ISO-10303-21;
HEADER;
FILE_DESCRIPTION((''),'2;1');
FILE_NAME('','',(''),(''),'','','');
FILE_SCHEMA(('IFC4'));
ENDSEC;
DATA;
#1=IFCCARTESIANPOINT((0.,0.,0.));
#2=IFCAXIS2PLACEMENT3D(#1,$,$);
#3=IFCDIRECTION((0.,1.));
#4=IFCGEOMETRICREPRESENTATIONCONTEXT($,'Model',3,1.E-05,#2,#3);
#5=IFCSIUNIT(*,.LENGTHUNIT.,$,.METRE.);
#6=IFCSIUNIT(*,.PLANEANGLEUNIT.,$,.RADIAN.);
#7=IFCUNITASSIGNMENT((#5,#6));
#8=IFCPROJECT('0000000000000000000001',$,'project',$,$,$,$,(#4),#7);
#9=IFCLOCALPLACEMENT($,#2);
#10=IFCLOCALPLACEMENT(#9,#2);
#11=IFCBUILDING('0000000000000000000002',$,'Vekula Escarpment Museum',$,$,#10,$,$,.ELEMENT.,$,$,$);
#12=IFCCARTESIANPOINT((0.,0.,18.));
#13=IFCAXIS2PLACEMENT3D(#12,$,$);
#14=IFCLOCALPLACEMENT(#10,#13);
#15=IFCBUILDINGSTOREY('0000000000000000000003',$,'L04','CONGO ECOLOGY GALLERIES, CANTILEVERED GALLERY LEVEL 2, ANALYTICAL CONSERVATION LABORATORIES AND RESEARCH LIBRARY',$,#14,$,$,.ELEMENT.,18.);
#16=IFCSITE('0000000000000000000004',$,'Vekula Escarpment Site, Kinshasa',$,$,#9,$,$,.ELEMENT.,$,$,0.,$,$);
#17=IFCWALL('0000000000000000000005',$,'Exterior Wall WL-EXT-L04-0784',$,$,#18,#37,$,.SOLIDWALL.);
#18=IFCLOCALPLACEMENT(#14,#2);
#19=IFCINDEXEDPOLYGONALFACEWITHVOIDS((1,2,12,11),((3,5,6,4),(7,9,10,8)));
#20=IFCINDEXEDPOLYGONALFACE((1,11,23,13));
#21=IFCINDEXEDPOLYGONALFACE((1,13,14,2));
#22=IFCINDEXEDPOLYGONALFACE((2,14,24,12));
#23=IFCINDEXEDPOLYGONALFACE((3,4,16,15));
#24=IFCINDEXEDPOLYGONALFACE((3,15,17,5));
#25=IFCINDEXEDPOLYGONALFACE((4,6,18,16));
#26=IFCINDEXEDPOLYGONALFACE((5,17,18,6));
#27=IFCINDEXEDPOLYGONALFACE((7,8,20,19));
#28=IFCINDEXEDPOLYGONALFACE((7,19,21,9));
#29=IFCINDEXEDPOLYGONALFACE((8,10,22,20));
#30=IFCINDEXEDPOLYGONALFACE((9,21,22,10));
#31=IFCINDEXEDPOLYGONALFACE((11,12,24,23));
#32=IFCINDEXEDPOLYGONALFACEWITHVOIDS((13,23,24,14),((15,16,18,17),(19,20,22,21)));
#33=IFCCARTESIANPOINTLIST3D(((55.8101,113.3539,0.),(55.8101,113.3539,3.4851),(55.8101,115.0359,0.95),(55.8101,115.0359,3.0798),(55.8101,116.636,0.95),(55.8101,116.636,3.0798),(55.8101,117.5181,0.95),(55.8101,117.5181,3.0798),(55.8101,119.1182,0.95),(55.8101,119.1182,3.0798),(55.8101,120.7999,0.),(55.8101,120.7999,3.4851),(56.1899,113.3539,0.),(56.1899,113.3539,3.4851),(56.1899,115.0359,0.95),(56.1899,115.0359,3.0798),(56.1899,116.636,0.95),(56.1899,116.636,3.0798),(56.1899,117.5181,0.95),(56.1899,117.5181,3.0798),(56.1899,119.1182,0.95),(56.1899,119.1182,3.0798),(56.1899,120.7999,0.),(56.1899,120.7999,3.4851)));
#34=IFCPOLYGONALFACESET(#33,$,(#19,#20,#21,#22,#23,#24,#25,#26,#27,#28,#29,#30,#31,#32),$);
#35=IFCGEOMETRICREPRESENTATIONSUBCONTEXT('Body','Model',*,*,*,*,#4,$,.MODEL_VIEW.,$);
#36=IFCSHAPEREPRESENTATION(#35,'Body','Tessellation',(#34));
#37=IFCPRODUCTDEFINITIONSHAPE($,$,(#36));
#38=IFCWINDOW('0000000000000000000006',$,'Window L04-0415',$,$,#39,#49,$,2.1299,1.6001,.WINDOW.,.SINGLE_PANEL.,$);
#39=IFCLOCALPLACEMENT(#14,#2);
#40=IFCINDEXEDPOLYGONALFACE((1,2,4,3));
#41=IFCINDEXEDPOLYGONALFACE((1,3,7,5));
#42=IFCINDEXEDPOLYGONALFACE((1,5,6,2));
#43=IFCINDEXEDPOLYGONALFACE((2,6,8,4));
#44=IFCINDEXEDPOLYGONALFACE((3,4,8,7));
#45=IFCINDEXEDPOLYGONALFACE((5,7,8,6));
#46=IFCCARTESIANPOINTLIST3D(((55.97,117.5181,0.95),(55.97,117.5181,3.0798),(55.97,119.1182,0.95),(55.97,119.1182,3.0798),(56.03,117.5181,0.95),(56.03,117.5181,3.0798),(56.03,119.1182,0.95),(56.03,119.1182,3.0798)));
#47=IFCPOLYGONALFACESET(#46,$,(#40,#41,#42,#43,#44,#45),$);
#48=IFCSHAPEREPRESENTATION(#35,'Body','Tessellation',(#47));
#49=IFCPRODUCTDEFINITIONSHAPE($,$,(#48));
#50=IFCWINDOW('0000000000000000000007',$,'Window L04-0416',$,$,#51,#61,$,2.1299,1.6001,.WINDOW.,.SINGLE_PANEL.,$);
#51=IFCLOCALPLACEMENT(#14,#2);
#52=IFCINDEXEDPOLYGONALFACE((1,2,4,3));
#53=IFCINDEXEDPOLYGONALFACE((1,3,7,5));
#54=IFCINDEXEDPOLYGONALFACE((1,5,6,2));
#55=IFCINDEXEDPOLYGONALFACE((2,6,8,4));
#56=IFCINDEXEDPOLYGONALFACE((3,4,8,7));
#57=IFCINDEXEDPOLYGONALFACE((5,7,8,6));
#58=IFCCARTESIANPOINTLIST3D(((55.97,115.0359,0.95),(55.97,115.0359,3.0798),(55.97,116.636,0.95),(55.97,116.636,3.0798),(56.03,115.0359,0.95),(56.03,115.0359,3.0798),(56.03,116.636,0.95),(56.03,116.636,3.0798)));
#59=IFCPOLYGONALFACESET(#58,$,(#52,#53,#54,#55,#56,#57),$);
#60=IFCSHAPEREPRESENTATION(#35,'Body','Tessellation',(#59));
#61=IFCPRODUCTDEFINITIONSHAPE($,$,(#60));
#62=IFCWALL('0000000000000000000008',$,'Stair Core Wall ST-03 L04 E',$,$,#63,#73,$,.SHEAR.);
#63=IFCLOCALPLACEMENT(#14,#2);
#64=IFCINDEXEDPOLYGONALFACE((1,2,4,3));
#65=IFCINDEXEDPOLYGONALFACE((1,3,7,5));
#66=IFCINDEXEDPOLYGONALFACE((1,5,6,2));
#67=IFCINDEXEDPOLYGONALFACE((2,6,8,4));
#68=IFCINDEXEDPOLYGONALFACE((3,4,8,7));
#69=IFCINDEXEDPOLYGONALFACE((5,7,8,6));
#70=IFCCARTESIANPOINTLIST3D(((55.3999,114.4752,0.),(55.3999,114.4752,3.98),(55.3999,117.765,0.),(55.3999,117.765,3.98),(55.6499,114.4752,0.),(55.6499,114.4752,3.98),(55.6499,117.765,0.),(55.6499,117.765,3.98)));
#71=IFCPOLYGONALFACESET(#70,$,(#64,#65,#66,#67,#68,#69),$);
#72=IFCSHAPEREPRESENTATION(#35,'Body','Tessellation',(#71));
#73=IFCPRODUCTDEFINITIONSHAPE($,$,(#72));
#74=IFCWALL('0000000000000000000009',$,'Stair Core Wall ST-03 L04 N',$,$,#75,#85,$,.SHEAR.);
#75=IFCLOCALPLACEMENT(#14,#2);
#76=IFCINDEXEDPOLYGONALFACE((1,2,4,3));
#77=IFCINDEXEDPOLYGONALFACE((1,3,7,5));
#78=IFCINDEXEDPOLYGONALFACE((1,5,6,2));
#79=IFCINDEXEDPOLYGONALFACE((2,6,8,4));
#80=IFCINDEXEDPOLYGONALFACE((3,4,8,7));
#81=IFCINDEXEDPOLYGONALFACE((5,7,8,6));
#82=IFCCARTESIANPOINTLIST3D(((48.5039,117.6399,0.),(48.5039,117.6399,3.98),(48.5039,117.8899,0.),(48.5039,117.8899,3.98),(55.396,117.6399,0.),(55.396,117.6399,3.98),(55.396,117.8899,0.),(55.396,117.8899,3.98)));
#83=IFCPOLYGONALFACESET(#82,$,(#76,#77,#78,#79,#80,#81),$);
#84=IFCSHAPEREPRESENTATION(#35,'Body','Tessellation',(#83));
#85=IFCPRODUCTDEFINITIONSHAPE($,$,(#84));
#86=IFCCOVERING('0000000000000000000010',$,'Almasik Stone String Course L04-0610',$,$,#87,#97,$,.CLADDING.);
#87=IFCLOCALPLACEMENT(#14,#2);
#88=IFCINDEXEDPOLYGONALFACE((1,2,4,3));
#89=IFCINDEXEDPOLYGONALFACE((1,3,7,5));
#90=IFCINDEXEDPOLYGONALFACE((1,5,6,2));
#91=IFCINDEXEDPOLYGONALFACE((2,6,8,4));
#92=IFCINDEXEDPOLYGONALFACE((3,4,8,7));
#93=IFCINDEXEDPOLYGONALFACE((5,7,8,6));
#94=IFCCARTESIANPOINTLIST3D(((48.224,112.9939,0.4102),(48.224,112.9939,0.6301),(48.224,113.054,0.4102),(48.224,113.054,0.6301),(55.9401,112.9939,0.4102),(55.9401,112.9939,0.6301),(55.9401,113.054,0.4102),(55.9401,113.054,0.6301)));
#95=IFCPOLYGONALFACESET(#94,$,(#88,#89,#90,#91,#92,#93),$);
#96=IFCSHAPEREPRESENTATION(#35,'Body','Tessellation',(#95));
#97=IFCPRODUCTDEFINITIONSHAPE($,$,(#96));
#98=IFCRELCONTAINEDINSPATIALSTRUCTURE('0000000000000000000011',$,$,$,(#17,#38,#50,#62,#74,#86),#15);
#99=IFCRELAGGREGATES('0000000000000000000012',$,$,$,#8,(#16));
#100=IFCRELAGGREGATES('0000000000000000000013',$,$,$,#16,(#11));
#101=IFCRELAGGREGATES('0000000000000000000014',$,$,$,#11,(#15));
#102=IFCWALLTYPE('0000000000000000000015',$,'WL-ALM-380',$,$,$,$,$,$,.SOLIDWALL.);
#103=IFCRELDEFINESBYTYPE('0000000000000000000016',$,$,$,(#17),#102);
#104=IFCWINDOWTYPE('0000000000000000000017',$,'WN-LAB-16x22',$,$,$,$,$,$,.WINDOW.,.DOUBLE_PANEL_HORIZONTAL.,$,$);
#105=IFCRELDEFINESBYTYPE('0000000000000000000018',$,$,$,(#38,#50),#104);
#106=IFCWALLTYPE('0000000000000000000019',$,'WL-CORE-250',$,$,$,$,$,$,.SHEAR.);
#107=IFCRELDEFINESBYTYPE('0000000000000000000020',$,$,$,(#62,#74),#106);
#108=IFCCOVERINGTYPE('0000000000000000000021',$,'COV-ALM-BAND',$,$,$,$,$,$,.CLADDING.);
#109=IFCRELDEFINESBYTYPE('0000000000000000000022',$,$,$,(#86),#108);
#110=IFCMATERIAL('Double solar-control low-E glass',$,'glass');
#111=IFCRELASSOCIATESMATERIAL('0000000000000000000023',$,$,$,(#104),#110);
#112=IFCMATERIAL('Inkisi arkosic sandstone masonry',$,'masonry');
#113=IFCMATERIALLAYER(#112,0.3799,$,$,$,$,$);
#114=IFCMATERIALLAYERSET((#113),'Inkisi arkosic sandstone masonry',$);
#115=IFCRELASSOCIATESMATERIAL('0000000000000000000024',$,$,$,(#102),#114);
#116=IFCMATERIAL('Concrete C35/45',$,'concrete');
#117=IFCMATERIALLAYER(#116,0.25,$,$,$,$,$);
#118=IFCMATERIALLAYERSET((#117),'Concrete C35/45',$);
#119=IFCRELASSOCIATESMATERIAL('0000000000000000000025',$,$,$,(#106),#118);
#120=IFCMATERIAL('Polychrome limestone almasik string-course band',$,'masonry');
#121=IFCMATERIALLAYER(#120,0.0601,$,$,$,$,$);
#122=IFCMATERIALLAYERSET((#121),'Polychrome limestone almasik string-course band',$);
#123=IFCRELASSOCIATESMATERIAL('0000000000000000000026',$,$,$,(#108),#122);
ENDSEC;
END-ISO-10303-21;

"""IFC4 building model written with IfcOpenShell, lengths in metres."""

from ifc_helpers import new_model, si_unit, direction, frame, frame_2d, origin, origin_2d, place, context, subcontext, project, spatial, rectangle, extrude, material, layer, layer_set, type_object, element, fill, save


model = new_model("IFC4")

# Units and contexts
model_context = context("Model", 3, precision=1e-05, world=origin(), true_north=direction((0.0, 1.0)))
body_context = subcontext(model_context, "Body", "Model", "MODEL_VIEW")
ifc_project = project(units=[si_unit("LENGTHUNIT", "METRE"), si_unit("PLANEANGLEUNIT", "RADIAN")], contexts=[model_context])

# Site, building, storey
site_placement = place(None, origin())
site = spatial("IfcSite", under=ifc_project, at=site_placement, Name="Vekula Escarpment Site, Kinshasa", CompositionType="ELEMENT", RefElevation=0.0)
building_placement = place(site_placement, origin())
building = spatial("IfcBuilding", under=site, at=building_placement, Name="Vekula Escarpment Museum", CompositionType="ELEMENT")
storey_placement = place(building_placement, frame((0.0, 0.0, 18.0)))
storey = spatial("IfcBuildingStorey", under=building, at=storey_placement, Name="L04", Description="CONGO ECOLOGY GALLERIES, CANTILEVERED GALLERY LEVEL 2, ANALYTICAL CONSERVATION LABORATORIES AND RESEARCH LIBRARY", CompositionType="ELEMENT", Elevation=18.0)

# Wall, openings, windows
ifc_material_1 = material(Name="Double solar-control low-E glass", Category="glass")
window_type = type_object("IfcWindowType", Name="WN-LAB-16x22", PartitioningType="DOUBLE_PANEL_HORIZONTAL", PredefinedType="WINDOW", material=ifc_material_1)
ifc_material_2 = material(Name="Inkisi arkosic sandstone masonry", Category="masonry")
ifc_layer_1 = layer(ifc_material_2, 0.3799)
ifc_layer_set_1 = layer_set([ifc_layer_1], Name="Inkisi arkosic sandstone masonry")
wall_type_1 = type_object("IfcWallType", Name="WL-ALM-380", PredefinedType="SOLIDWALL", material=ifc_layer_set_1)
wall_1_placement = place(storey_placement, frame((56.0, 120.8, 0.0), z_axis=(0.0, 0.0, 1.0), x_axis=(0.0, -1.0, 0.0)))
wall_1 = element("IfcWall", 1, at=wall_1_placement, inside=storey, type_object=wall_type_1, Name="Exterior Wall WL-EXT-L04-0784", PredefinedType="SOLIDWALL", context=body_context, shape_type="SweptSolid", body=[
    extrude(rectangle(XDim=7.446, YDim=0.3799, at=frame_2d((3.7231, 0.0))), origin(), (0.0, 0.0, 1.0), 3.4851),
])
opening_1_placement = place(wall_1_placement, frame((1.6819, 0.0, 0.95)))
opening_1 = element("IfcOpeningElement", 2, at=opening_1_placement, cuts=wall_1, PredefinedType="OPENING", context=body_context, shape_type="SweptSolid", body=[
    extrude(rectangle(XDim=1.6001, YDim=2.1299, at=frame_2d((0.8, 1.0649))), frame((0.0, 0.2, 0.0), z_axis=(0.0, -1.0, 0.0), x_axis=(1.0, 0.0, 0.0)), (0.0, 0.0, 1.0), 0.3999),
])
opening_2_placement = place(wall_1_placement, frame((4.1641, 0.0, 0.95)))
opening_2 = element("IfcOpeningElement", 3, at=opening_2_placement, cuts=wall_1, PredefinedType="OPENING", context=body_context, shape_type="SweptSolid", body=[
    extrude(rectangle(XDim=1.6001, YDim=2.1299, at=frame_2d((0.8, 1.0649))), frame((0.0, 0.2, 0.0), z_axis=(0.0, -1.0, 0.0), x_axis=(1.0, 0.0, 0.0)), (0.0, 0.0, 1.0), 0.3999),
])
window_1_placement = place(opening_1_placement, origin())
window_1 = element("IfcWindow", 4, at=window_1_placement, inside=storey, type_object=window_type, Name="Window L04-0415", OverallHeight=2.1299, OverallWidth=1.6001, PartitioningType="SINGLE_PANEL", PredefinedType="WINDOW", context=body_context, shape_type="SweptSolid", body=[
    extrude(rectangle(XDim=1.6001, YDim=2.1299, at=frame_2d((0.8, 1.0649))), frame((0.0, 0.03, 0.0), z_axis=(0.0, -1.0, 0.0), x_axis=(1.0, 0.0, 0.0)), (0.0, 0.0, 1.0), 0.0601),
])
fill(opening_1, window_1)
window_2_placement = place(opening_2_placement, origin())
window_2 = element("IfcWindow", 5, at=window_2_placement, inside=storey, type_object=window_type, Name="Window L04-0416", OverallHeight=2.1299, OverallWidth=1.6001, PartitioningType="SINGLE_PANEL", PredefinedType="WINDOW", context=body_context, shape_type="SweptSolid", body=[
    extrude(rectangle(XDim=1.6001, YDim=2.1299, at=frame_2d((0.8, 1.0649))), frame((0.0, 0.03, 0.0), z_axis=(0.0, -1.0, 0.0), x_axis=(1.0, 0.0, 0.0)), (0.0, 0.0, 1.0), 0.0601),
])
fill(opening_2, window_2)

# Walls
ifc_material_3 = material(Name="Concrete C35/45", Category="concrete")
ifc_layer_2 = layer(ifc_material_3, 0.25)
ifc_layer_set_2 = layer_set([ifc_layer_2], Name="Concrete C35/45")
wall_type_2 = type_object("IfcWallType", Name="WL-CORE-250", PredefinedType="SHEAR", material=ifc_layer_set_2)
wall_2_placement = place(storey_placement, frame((55.5249, 114.4751, 0.0), z_axis=(0.0, 0.0, 1.0), x_axis=(0.0, 1.0, 0.0)))
element("IfcWall", 6, at=wall_2_placement, inside=storey, type_object=wall_type_2, Name="Stair Core Wall ST-03 L04 E", PredefinedType="SHEAR", context=body_context, shape_type="SweptSolid", body=[
    extrude(rectangle(XDim=3.2898, YDim=0.25, at=frame_2d((1.645, 0.0))), origin(), (0.0, 0.0, 1.0), 3.98),
])
wall_3_placement = place(storey_placement, frame((48.5039, 117.7649, 0.0), z_axis=(0.0, 0.0, 1.0), x_axis=(1.0, 0.0, 0.0)))
element("IfcWall", 7, at=wall_3_placement, inside=storey, type_object=wall_type_2, Name="Stair Core Wall ST-03 L04 N", PredefinedType="SHEAR", context=body_context, shape_type="SweptSolid", body=[
    extrude(rectangle(XDim=6.8921, YDim=0.25, at=frame_2d((3.446, 0.0))), origin(), (0.0, 0.0, 1.0), 3.98),
])

# Covering
ifc_material_4 = material(Name="Polychrome limestone almasik string-course band", Category="masonry")
ifc_layer_3 = layer(ifc_material_4, 0.0601)
ifc_layer_set_3 = layer_set([ifc_layer_3], Name="Polychrome limestone almasik string-course band")
covering_type = type_object("IfcCoveringType", Name="COV-ALM-BAND", PredefinedType="CLADDING", material=ifc_layer_set_3)
covering_placement = place(storey_placement, frame((52.082, 113.0239, 0.4102), z_axis=(0.0, 0.0, 1.0), x_axis=(1.0, 0.0, 0.0)))
element("IfcCovering", 8, at=covering_placement, inside=storey, type_object=covering_type, Name="Almasik Stone String Course L04-0610", PredefinedType="CLADDING", context=body_context, shape_type="SweptSolid", body=[
    extrude(rectangle(XDim=7.7161, YDim=0.0601, at=origin_2d()), origin(), (0.0, 0.0, 1.0), 0.22),
])

save(model, "model.ifc")
